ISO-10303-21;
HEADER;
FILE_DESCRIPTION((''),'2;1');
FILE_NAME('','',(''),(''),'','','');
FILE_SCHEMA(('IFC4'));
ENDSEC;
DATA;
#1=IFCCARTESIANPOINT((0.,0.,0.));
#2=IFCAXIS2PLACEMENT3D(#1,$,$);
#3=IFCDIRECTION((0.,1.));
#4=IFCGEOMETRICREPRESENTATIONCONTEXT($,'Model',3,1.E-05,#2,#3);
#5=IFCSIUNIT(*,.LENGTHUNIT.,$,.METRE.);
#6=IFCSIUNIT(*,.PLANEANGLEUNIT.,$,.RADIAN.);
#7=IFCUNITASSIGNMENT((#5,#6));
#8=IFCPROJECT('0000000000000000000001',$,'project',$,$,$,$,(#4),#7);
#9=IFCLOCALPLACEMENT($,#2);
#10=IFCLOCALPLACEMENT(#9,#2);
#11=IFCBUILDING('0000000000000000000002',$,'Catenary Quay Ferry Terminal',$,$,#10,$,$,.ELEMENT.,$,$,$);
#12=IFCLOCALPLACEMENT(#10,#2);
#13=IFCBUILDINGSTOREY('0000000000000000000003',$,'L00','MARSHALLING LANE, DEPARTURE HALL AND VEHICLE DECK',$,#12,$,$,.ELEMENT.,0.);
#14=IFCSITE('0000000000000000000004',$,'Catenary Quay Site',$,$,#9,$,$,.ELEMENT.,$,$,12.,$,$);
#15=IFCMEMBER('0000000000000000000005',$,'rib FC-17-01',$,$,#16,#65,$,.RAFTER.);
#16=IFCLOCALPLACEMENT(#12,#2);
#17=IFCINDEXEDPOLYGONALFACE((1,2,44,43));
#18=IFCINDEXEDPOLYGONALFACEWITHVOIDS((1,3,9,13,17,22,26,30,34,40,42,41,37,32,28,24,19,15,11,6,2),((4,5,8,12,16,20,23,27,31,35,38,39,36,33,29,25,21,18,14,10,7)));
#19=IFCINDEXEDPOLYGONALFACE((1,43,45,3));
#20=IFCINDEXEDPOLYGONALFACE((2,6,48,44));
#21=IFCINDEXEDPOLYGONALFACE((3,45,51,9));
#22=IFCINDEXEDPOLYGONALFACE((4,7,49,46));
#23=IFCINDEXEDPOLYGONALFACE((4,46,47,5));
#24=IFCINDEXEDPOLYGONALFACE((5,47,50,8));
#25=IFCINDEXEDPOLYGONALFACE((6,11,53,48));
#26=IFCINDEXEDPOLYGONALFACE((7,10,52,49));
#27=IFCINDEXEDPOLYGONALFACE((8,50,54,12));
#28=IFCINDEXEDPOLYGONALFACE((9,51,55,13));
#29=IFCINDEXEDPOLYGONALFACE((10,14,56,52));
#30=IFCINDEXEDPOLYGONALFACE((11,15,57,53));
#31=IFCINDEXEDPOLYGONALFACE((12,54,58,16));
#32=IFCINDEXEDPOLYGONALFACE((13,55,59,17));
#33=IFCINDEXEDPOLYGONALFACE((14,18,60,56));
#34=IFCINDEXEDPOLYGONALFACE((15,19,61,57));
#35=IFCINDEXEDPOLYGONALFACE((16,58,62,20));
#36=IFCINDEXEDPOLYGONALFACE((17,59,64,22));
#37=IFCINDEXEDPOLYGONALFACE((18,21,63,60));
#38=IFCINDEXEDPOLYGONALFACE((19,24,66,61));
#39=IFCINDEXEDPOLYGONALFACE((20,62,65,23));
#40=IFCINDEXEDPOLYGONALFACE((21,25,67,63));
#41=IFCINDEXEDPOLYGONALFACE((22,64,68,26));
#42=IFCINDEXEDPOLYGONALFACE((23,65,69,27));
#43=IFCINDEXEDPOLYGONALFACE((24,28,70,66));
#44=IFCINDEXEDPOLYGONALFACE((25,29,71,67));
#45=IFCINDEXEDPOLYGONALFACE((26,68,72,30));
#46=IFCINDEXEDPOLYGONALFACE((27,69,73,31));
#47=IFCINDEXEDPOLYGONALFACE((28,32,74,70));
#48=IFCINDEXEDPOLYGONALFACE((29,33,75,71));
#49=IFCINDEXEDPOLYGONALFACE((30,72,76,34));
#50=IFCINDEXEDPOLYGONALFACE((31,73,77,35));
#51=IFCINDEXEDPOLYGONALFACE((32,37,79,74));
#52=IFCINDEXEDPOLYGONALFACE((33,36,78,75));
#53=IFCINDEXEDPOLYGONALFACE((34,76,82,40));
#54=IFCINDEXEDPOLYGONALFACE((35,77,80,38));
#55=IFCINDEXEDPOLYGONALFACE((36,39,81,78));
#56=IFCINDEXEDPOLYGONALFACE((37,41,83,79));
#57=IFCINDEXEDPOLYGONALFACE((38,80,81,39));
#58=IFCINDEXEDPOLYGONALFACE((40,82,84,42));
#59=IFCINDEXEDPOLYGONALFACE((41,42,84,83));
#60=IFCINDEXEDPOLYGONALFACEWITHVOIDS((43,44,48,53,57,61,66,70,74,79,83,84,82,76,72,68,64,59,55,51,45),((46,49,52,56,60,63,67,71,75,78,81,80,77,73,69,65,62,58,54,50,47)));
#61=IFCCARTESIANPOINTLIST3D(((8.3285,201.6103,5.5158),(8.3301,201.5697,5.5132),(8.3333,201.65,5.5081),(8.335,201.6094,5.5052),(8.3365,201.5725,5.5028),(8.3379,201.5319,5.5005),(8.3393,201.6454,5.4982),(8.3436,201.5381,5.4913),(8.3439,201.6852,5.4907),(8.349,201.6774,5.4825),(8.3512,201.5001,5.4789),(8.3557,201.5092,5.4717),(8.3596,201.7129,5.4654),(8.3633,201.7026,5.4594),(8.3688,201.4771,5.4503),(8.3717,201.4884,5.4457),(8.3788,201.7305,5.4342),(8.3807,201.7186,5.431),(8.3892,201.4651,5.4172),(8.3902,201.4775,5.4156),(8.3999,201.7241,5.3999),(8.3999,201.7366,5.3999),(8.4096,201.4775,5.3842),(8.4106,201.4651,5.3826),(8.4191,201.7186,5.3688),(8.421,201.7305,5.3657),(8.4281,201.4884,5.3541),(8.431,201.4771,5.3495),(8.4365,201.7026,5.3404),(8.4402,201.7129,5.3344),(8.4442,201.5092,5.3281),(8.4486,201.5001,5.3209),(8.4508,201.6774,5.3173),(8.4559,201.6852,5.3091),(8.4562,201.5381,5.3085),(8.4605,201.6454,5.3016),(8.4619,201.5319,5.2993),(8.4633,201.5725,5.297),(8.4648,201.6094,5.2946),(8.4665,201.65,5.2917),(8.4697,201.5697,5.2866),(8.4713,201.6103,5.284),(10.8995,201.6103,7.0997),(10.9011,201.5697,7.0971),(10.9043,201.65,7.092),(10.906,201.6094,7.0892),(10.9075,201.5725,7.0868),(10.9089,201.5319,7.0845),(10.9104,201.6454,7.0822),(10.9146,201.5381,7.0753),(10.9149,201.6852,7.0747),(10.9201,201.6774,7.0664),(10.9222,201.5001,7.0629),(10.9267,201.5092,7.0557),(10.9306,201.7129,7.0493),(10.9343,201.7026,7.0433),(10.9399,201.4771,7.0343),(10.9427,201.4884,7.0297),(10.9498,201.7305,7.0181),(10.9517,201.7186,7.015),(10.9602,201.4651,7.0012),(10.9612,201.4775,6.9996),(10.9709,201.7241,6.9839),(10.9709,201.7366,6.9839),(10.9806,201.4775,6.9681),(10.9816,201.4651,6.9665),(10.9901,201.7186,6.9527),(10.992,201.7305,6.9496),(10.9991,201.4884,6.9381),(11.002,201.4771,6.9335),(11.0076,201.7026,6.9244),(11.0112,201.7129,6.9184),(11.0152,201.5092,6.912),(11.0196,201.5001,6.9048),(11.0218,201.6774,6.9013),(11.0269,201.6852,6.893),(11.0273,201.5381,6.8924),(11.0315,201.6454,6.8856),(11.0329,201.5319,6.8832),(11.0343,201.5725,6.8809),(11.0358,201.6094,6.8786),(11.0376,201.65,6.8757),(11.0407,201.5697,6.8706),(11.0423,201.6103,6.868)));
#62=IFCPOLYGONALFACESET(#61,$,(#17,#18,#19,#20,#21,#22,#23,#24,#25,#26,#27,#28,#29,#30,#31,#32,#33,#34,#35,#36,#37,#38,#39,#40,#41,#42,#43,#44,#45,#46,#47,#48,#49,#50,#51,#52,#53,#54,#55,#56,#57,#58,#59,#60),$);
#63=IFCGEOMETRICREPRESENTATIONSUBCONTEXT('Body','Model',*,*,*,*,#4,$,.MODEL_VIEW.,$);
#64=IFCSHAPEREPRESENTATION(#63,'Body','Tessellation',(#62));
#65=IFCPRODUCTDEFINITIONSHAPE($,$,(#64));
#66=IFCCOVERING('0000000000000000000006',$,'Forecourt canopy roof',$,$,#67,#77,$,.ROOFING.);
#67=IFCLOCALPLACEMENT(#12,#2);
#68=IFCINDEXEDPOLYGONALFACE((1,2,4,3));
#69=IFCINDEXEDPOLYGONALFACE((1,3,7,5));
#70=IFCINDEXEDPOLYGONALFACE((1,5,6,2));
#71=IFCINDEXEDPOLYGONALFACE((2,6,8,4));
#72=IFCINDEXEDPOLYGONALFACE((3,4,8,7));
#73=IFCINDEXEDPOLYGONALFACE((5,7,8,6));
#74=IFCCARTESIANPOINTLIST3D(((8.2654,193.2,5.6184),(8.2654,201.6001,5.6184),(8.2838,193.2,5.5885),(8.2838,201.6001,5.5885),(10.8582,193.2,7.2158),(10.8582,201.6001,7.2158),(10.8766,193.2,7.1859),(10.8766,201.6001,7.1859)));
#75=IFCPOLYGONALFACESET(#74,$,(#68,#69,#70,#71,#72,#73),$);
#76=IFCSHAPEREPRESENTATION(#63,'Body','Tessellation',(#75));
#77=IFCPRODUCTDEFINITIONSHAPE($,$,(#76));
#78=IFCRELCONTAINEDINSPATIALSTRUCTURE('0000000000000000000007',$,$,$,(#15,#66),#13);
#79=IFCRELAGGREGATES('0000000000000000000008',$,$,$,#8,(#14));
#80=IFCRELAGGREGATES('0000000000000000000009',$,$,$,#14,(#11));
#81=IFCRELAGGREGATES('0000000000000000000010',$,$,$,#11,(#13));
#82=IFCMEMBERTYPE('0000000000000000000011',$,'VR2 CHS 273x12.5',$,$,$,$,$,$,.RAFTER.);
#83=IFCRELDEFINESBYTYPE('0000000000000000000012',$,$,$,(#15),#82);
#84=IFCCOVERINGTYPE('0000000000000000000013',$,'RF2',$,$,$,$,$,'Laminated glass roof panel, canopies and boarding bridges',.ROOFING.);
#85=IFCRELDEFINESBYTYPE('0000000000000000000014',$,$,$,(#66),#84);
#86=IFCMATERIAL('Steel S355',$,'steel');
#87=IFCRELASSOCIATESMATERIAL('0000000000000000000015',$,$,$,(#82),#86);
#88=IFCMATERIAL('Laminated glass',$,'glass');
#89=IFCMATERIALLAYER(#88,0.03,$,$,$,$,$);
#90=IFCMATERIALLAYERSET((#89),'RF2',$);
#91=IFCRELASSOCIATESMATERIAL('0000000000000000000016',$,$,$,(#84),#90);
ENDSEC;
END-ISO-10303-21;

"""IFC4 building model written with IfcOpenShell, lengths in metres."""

from ifc_helpers import new_model, si_unit, direction, frame, origin, origin_2d, place, context, subcontext, project, spatial, polyline, hollow_circle, outline, extrude, material, layer, layer_set, material_profile, profile_set, type_object, element, save


model = new_model("IFC4")

# Units and contexts
model_context = context("Model", 3, precision=1e-05, world=origin(), true_north=direction((0.0, 1.0)))
body_context = subcontext(model_context, "Body", "Model", "MODEL_VIEW")
ifc_project = project(units=[si_unit("LENGTHUNIT", "METRE"), si_unit("PLANEANGLEUNIT", "RADIAN")], contexts=[model_context])

# Site, building, storey
site_placement = place(None, origin())
site = spatial("IfcSite", under=ifc_project, at=site_placement, Name="Catenary Quay Site", CompositionType="ELEMENT", RefElevation=12.0)
building_placement = place(site_placement, origin())
building = spatial("IfcBuilding", under=site, at=building_placement, Name="Catenary Quay Ferry Terminal", CompositionType="ELEMENT")
storey_placement = place(building_placement, origin())
storey = spatial("IfcBuildingStorey", under=building, at=storey_placement, Name="L00", Description="MARSHALLING LANE, DEPARTURE HALL AND VEHICLE DECK", CompositionType="ELEMENT", Elevation=0.0)

# Member
ifc_material_1 = material(Name="Steel S355", Category="steel")
ifc_material_profile_1 = material_profile(ifc_material_1, hollow_circle(Radius=0.1365, WallThickness=0.0125, at=origin_2d()), Name="CHS 273x12.5")
ifc_profile_set_1 = profile_set([ifc_material_profile_1], Name="Steel S355")
member_type_1 = type_object("IfcMemberType", Name="VR2 CHS 273x12.5", PredefinedType="RAFTER", material=ifc_profile_set_1)
for number, where, z_axis, x_axis, name in (
    (1, (8.3999, 201.6001, 5.3999), (0.851392, 0.0, 0.52453), (0.0, 1.0, 0.0), "rib FC-17-01"),
):
    element("IfcMember", number, at=place(storey_placement, frame(where, z_axis=z_axis, x_axis=x_axis)), inside=storey, type_object=member_type_1, Name=name, PredefinedType="RAFTER", context=body_context, shape_type="SweptSolid", body=[
        extrude(hollow_circle(Radius=0.1365, WallThickness=0.0125, at=origin_2d()), origin(), (0.0, 0.0, 1.0), 3.0198),
    ])

# Covering
ifc_material_2 = material(Name="Laminated glass", Category="glass")
ifc_layer = layer(ifc_material_2, 0.03)
ifc_layer_set = layer_set([ifc_layer], Name="RF2")
covering_type = type_object("IfcCoveringType", Name="RF2", ElementType="Laminated glass roof panel, canopies and boarding bridges", PredefinedType="ROOFING", material=ifc_layer_set)
covering_placement = place(storey_placement, frame((8.2654, 193.2, 5.6184), z_axis=(-0.52454, 0.0, 0.851386), x_axis=(0.0, 1.0, 0.0)))
element("IfcCovering", 2, at=covering_placement, inside=storey, type_object=covering_type, Name="Forecourt canopy roof", PredefinedType="ROOFING", context=body_context, shape_type="SweptSolid", body=[
    extrude(outline(polyline([(0.0, 0.0), (8.4001, 0.0), (8.4001, -3.0454), (0.0, -3.0454), (0.0, 0.0)])), origin(), (0.0, 0.0, -1.0), 0.0352),
])

save(model, "model.ifc")
